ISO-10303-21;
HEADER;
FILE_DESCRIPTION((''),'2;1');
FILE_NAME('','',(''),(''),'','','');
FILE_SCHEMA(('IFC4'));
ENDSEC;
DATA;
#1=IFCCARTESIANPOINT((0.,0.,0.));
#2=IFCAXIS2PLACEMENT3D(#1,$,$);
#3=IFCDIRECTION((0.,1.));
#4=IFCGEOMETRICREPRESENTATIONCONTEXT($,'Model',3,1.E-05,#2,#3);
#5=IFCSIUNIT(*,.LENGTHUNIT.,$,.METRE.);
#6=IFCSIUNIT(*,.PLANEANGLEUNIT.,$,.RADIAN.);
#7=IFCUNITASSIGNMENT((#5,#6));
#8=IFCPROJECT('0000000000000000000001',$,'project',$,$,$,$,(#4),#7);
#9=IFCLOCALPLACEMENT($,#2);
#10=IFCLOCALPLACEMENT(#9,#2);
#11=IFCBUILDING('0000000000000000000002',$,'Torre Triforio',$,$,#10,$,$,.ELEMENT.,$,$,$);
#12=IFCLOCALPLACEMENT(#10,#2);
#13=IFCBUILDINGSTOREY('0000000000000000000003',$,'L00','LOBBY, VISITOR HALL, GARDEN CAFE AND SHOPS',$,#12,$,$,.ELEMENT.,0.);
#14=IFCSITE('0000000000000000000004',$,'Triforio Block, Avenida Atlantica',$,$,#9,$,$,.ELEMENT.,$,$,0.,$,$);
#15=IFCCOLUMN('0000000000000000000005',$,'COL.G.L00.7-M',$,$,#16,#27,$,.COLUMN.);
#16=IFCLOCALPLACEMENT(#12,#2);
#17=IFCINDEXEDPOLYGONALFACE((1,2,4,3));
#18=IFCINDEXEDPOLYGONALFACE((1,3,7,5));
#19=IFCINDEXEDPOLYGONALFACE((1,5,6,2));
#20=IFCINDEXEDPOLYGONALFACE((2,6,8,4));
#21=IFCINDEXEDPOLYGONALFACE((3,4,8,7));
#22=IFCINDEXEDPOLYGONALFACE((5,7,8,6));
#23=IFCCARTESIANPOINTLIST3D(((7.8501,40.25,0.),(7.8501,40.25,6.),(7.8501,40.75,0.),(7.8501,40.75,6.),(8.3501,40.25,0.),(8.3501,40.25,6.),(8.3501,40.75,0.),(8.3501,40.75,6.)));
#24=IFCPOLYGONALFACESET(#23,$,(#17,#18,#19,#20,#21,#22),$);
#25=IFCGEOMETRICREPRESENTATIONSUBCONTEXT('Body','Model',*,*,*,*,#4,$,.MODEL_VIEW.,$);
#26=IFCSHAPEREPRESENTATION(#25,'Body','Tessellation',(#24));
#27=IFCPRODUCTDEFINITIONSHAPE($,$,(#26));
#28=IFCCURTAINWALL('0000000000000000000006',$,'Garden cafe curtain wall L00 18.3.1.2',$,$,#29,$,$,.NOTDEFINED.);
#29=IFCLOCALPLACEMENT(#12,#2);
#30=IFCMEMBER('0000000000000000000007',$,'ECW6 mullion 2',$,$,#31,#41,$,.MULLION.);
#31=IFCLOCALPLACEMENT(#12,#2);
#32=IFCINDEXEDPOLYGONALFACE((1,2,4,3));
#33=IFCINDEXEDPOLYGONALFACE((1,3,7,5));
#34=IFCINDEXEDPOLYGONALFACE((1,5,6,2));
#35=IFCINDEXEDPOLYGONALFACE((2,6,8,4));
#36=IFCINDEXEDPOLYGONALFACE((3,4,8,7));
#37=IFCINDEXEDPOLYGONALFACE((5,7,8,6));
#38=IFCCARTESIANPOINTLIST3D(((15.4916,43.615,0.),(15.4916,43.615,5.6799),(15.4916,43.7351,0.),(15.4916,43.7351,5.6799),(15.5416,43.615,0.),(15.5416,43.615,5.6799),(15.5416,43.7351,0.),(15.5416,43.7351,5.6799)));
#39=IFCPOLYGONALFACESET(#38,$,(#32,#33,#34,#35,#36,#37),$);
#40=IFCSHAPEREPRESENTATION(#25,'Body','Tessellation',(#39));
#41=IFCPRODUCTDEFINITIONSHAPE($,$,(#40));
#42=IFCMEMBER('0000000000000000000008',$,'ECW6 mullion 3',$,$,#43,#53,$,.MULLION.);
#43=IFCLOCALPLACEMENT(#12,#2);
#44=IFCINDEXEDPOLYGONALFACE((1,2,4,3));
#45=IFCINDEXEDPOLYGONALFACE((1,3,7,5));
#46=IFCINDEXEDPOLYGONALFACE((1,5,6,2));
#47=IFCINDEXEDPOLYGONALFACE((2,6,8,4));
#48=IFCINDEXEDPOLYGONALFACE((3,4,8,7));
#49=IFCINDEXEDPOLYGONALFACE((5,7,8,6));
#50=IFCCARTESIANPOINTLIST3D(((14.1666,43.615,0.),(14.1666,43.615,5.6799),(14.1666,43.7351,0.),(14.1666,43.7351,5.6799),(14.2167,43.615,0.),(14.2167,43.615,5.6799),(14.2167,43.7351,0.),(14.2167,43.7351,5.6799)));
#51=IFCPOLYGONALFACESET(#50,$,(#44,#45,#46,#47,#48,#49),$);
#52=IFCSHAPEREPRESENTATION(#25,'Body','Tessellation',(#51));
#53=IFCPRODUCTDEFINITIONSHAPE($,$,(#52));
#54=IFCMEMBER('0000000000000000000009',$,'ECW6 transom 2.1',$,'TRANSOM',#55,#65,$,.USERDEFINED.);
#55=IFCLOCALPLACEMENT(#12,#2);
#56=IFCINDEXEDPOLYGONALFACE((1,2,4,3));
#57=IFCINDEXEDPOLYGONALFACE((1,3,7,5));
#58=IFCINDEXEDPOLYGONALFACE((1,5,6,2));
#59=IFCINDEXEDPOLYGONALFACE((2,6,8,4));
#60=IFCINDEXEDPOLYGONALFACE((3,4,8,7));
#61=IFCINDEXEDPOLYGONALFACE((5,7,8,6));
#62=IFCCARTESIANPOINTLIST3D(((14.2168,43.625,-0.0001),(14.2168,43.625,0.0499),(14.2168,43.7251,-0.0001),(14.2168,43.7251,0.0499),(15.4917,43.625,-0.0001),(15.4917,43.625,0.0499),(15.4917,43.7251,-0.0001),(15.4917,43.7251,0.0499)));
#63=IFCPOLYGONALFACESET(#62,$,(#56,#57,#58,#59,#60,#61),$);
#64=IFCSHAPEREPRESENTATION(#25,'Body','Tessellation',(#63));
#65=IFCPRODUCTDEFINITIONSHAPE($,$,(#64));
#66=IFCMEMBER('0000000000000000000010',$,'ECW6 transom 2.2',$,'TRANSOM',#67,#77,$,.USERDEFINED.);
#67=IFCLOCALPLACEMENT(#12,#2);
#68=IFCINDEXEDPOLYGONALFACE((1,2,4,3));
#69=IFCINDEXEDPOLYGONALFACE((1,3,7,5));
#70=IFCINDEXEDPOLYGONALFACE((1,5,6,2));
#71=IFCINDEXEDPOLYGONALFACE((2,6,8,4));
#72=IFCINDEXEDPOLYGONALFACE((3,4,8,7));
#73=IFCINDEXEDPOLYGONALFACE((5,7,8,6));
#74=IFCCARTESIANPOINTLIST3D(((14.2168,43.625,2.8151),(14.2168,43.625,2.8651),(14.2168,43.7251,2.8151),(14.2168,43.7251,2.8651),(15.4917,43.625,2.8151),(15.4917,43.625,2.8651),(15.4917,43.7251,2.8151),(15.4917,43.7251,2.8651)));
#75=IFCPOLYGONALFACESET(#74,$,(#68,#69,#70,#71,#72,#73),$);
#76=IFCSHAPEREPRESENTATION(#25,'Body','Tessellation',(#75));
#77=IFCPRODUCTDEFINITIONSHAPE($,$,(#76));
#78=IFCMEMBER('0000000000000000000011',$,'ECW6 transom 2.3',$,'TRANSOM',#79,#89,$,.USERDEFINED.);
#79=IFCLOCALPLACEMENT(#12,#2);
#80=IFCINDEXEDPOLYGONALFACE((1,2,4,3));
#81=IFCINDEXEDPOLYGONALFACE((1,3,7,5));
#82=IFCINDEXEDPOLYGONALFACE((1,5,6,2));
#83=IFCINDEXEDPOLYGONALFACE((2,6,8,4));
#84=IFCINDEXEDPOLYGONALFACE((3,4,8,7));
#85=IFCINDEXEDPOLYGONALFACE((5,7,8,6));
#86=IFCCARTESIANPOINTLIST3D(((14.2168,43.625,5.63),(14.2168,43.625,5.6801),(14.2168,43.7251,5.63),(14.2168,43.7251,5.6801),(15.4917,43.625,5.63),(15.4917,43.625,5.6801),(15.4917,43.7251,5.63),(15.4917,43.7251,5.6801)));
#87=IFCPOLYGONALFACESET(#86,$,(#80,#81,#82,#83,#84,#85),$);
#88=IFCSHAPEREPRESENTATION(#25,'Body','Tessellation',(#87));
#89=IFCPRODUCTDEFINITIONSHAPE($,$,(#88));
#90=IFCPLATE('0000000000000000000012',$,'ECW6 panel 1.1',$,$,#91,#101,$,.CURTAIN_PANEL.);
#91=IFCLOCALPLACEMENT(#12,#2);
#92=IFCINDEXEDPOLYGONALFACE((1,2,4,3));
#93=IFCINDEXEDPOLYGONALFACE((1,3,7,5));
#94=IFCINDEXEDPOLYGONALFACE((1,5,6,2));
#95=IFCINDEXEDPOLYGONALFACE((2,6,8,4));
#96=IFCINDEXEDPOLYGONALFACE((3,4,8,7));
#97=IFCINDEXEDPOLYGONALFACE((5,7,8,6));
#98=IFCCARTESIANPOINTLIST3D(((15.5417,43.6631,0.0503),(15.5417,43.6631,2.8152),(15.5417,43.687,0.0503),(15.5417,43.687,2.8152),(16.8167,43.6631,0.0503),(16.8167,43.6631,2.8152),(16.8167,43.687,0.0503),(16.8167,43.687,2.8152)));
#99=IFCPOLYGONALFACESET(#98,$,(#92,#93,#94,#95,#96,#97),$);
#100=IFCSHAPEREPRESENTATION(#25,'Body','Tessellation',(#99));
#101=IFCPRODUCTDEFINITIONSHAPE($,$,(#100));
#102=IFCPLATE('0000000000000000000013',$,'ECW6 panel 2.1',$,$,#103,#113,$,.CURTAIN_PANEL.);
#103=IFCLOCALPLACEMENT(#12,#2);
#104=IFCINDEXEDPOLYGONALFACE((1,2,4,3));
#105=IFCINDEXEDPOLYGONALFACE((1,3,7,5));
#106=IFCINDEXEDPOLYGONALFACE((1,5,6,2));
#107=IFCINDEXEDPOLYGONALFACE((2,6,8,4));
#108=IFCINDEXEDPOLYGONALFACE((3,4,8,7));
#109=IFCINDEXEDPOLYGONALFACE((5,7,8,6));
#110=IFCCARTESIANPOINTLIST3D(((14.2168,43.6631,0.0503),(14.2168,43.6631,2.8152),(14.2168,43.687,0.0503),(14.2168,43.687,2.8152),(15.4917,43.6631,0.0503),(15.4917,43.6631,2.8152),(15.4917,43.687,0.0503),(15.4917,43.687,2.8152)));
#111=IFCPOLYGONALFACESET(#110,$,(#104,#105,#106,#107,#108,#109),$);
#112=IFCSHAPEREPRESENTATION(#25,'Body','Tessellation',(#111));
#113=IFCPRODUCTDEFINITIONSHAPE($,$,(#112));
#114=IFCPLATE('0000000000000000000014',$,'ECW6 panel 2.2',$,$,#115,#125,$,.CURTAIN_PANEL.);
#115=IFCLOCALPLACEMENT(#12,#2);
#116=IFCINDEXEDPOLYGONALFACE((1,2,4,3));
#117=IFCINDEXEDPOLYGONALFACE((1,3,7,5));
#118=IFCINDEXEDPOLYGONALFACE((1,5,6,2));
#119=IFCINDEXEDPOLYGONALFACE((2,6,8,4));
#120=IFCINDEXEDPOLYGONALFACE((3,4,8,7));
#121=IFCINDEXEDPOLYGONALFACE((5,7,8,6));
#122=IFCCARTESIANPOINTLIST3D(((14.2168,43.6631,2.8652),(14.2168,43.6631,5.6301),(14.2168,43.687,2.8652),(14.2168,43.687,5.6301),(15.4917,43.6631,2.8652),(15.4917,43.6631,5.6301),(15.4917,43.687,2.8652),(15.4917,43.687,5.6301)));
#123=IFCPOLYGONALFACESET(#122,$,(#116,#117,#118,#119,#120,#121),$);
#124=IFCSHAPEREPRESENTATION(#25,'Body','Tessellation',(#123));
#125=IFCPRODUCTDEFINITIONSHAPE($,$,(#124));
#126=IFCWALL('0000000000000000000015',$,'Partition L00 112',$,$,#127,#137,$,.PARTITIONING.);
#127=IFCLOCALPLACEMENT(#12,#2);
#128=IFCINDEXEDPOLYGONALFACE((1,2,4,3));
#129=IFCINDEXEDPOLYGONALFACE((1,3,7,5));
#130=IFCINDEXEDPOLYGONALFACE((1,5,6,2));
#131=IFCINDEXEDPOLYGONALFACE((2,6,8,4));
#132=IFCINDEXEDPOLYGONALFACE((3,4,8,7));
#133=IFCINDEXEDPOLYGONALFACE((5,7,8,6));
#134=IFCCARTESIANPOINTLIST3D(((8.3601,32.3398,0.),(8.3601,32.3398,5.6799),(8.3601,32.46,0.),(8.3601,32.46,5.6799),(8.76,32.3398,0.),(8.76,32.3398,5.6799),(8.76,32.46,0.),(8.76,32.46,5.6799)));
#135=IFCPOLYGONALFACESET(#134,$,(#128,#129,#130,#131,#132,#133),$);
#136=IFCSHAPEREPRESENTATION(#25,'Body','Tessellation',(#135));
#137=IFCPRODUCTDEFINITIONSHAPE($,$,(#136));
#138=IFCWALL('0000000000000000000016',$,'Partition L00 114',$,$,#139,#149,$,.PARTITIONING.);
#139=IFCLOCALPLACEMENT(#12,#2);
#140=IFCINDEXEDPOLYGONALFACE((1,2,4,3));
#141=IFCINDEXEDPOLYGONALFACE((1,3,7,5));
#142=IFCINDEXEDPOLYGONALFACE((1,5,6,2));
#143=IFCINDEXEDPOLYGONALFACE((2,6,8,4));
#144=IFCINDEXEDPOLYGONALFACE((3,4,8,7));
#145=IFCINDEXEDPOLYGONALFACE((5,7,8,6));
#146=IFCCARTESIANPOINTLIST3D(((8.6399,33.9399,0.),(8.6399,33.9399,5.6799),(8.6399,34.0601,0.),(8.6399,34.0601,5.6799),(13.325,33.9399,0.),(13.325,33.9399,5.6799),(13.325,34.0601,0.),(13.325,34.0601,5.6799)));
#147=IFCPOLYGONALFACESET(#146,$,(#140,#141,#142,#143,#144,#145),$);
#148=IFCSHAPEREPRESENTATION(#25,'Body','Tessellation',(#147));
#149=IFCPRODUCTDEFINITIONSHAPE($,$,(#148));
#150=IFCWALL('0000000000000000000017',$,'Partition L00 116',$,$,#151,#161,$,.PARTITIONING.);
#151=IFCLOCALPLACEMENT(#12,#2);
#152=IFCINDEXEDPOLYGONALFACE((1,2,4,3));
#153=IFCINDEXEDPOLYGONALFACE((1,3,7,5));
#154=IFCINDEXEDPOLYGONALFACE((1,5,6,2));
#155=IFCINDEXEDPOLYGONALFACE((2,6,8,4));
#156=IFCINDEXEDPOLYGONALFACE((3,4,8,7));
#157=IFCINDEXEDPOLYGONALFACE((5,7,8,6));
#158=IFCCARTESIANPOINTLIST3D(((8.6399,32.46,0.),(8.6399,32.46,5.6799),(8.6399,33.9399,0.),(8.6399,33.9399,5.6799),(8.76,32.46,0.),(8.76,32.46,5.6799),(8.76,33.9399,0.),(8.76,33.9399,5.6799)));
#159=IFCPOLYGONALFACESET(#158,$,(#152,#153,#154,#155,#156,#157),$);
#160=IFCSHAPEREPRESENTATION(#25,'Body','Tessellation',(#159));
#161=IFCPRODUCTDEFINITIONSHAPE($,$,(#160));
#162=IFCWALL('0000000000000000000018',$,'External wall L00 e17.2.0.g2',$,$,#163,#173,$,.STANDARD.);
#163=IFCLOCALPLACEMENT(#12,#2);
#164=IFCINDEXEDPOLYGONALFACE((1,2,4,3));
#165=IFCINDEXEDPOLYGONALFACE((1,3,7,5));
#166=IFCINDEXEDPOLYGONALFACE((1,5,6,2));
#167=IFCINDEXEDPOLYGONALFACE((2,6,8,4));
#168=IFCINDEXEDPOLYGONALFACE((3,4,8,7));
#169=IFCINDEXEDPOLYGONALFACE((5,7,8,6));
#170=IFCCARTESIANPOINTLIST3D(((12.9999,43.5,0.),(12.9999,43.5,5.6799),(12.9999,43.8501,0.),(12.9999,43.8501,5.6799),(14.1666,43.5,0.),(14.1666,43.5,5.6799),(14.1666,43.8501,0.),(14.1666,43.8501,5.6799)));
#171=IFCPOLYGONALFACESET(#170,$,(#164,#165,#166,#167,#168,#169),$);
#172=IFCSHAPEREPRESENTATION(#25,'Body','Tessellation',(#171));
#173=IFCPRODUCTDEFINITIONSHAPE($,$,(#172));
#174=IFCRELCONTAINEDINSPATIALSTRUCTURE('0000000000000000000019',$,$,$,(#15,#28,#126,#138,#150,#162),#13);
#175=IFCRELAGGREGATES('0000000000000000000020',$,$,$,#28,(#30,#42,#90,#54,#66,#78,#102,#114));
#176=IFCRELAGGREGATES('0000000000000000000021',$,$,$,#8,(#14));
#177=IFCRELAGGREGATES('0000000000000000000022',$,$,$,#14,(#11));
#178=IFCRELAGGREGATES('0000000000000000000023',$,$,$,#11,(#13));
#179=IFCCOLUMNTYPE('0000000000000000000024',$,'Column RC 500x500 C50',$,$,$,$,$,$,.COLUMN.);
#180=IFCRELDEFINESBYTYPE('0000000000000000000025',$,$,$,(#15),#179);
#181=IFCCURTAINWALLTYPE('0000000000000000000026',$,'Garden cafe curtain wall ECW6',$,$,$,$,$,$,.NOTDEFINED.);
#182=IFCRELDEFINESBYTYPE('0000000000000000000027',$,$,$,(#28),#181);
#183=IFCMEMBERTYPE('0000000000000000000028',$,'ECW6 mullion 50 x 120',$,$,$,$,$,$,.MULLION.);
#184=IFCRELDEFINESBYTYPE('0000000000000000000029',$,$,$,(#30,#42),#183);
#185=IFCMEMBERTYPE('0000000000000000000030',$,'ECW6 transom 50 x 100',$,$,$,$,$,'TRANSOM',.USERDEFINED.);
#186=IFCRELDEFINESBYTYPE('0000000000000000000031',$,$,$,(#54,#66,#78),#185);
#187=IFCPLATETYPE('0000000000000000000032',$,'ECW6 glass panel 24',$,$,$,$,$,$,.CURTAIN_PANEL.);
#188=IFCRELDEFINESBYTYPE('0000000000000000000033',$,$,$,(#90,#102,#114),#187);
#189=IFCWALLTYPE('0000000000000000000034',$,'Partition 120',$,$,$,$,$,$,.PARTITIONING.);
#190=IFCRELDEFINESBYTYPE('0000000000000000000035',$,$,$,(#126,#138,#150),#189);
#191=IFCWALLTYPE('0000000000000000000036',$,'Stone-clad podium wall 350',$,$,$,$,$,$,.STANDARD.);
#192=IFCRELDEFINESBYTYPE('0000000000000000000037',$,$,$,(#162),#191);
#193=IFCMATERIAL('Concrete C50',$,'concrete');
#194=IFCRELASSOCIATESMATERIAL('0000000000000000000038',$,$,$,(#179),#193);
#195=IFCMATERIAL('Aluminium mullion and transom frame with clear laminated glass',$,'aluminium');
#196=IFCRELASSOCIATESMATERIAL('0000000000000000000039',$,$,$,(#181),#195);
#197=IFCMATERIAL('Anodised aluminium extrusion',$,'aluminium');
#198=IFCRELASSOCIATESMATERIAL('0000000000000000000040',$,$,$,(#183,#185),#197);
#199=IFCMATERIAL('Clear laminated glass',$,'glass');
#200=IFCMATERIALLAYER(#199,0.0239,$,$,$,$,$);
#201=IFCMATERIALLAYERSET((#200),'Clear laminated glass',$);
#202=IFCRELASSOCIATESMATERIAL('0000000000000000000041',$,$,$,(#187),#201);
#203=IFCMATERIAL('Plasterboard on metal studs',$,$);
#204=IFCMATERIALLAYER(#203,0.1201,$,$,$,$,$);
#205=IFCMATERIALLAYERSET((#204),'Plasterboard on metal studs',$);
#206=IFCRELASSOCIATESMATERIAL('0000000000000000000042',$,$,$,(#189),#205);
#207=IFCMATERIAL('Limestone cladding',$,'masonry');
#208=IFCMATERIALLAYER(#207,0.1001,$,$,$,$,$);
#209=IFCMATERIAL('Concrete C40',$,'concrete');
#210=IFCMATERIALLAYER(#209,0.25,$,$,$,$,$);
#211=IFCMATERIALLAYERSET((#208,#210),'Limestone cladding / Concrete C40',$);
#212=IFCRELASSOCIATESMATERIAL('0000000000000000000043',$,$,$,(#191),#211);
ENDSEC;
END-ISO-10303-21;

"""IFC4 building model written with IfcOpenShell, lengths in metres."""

from ifc_helpers import new_model, si_unit, direction, frame, frame_2d, origin, origin_2d, place, context, subcontext, project, spatial, rectangle, extrude, material, layer, layer_set, material_profile, profile_set, type_object, element, aggregate, save


model = new_model("IFC4")

# Units and contexts
model_context = context("Model", 3, precision=1e-05, world=origin(), true_north=direction((0.0, 1.0)))
body_context = subcontext(model_context, "Body", "Model", "MODEL_VIEW")
ifc_project = project(units=[si_unit("LENGTHUNIT", "METRE"), si_unit("PLANEANGLEUNIT", "RADIAN")], contexts=[model_context])

# Site, building, storey
site_placement = place(None, origin())
site = spatial("IfcSite", under=ifc_project, at=site_placement, Name="Triforio Block, Avenida Atlantica", CompositionType="ELEMENT", RefElevation=0.0)
building_placement = place(site_placement, origin())
building = spatial("IfcBuilding", under=site, at=building_placement, Name="Torre Triforio", CompositionType="ELEMENT")
storey_placement = place(building_placement, origin())
storey = spatial("IfcBuildingStorey", under=building, at=storey_placement, Name="L00", Description="LOBBY, VISITOR HALL, GARDEN CAFE AND SHOPS", CompositionType="ELEMENT", Elevation=0.0)

# Column
ifc_material_1 = material(Name="Concrete C50", Category="concrete")
ifc_material_profile_1 = material_profile(ifc_material_1, rectangle(XDim=0.5, YDim=0.5, at=origin_2d()), Name="RC 500x500")
ifc_profile_set_1 = profile_set([ifc_material_profile_1], Name="Concrete C50")
column_type = type_object("IfcColumnType", Name="Column RC 500x500 C50", PredefinedType="COLUMN", material=ifc_profile_set_1)
column_placement = place(storey_placement, frame((8.1001, 40.5, 0.0), z_axis=(0.0, 0.0, 1.0), x_axis=(1.0, 0.0, 0.0)))
element("IfcColumn", 1, at=column_placement, inside=storey, type_object=column_type, Name="COL.G.L00.7-M", PredefinedType="COLUMN", context=body_context, shape_type="SweptSolid", body=[
    extrude(rectangle(XDim=0.5, YDim=0.5, at=origin_2d()), origin(), (0.0, 0.0, 1.0), 6.0),
])

# Curtain wall, members, plates
ifc_material_2 = material(Name="Aluminium mullion and transom frame with clear laminated glass", Category="aluminium")
curtain_wall_type = type_object("IfcCurtainWallType", Name="Garden cafe curtain wall ECW6", PredefinedType="NOTDEFINED", material=ifc_material_2)
curtain_wall_placement = place(storey_placement, origin())
curtain_wall = element("IfcCurtainWall", 2, at=curtain_wall_placement, inside=storey, type_object=curtain_wall_type, Name="Garden cafe curtain wall L00 18.3.1.2", PredefinedType="NOTDEFINED")
ifc_material_3 = material(Name="Anodised aluminium extrusion", Category="aluminium")
ifc_material_profile_2 = material_profile(ifc_material_3, rectangle(XDim=0.1201, YDim=0.05, at=origin_2d()), Name="ECW6 MULLION 50x120")
ifc_profile_set_2 = profile_set([ifc_material_profile_2], Name="Anodised aluminium extrusion")
member_type_1 = type_object("IfcMemberType", Name="ECW6 mullion 50 x 120", PredefinedType="MULLION", material=ifc_profile_set_2)
member_1_placement = place(storey_placement, frame((15.5166, 43.675, 0.0), z_axis=(0.0, 0.0, 1.0), x_axis=(0.0, -1.0, 0.0)))
member_1 = element("IfcMember", 3, at=member_1_placement, type_object=member_type_1, Name="ECW6 mullion 2", PredefinedType="MULLION", context=body_context, shape_type="SweptSolid", body=[
    extrude(rectangle(XDim=0.1201, YDim=0.05, at=origin_2d()), origin(), (0.0, 0.0, 1.0), 5.6799),
])
member_2_placement = place(storey_placement, frame((14.1917, 43.675, 0.0), z_axis=(0.0, 0.0, 1.0), x_axis=(0.0, -1.0, 0.0)))
member_2 = element("IfcMember", 4, at=member_2_placement, type_object=member_type_1, Name="ECW6 mullion 3", PredefinedType="MULLION", context=body_context, shape_type="SweptSolid", body=[
    extrude(rectangle(XDim=0.1201, YDim=0.05, at=origin_2d()), origin(), (0.0, 0.0, 1.0), 5.6799),
])
ifc_material_profile_3 = material_profile(ifc_material_3, rectangle(XDim=0.1001, YDim=0.05, at=origin_2d()), Name="ECW6 TRANSOM 50x100")
ifc_profile_set_3 = profile_set([ifc_material_profile_3], Name="Anodised aluminium extrusion")
member_type_2 = type_object("IfcMemberType", Name="ECW6 transom 50 x 100", ElementType="TRANSOM", PredefinedType="USERDEFINED", material=ifc_profile_set_3)
member_3_placement = place(storey_placement, frame((15.4917, 43.675, 0.0249), z_axis=(-1.0, 0.0, 0.0), x_axis=(0.0, -1.0, 0.0)))
member_3 = element("IfcMember", 5, at=member_3_placement, type_object=member_type_2, Name="ECW6 transom 2.1", ObjectType="TRANSOM", PredefinedType="USERDEFINED", context=body_context, shape_type="SweptSolid", body=[
    extrude(rectangle(XDim=0.1001, YDim=0.05, at=origin_2d()), origin(), (0.0, 0.0, 1.0), 1.2749),
])
member_4_placement = place(storey_placement, frame((15.4917, 43.675, 2.8401), z_axis=(-1.0, 0.0, 0.0), x_axis=(0.0, -1.0, 0.0)))
member_4 = element("IfcMember", 6, at=member_4_placement, type_object=member_type_2, Name="ECW6 transom 2.2", ObjectType="TRANSOM", PredefinedType="USERDEFINED", context=body_context, shape_type="SweptSolid", body=[
    extrude(rectangle(XDim=0.1001, YDim=0.05, at=origin_2d()), origin(), (0.0, 0.0, 1.0), 1.2749),
])
member_5_placement = place(storey_placement, frame((15.4917, 43.675, 5.655), z_axis=(-1.0, 0.0, 0.0), x_axis=(0.0, -1.0, 0.0)))
member_5 = element("IfcMember", 7, at=member_5_placement, type_object=member_type_2, Name="ECW6 transom 2.3", ObjectType="TRANSOM", PredefinedType="USERDEFINED", context=body_context, shape_type="SweptSolid", body=[
    extrude(rectangle(XDim=0.1001, YDim=0.05, at=origin_2d()), origin(), (0.0, 0.0, 1.0), 1.2749),
])
ifc_material_4 = material(Name="Clear laminated glass", Category="glass")
ifc_layer_1 = layer(ifc_material_4, 0.0239)
ifc_layer_set_1 = layer_set([ifc_layer_1], Name="Clear laminated glass")
plate_type = type_object("IfcPlateType", Name="ECW6 glass panel 24", PredefinedType="CURTAIN_PANEL", material=ifc_layer_set_1)
plate_1_placement = place(storey_placement, frame((16.1792, 43.675, 0.0503), z_axis=(0.0, 0.0, 1.0), x_axis=(-1.0, 0.0, 0.0)))
plate_1 = element("IfcPlate", 8, at=plate_1_placement, type_object=plate_type, Name="ECW6 panel 1.1", PredefinedType="CURTAIN_PANEL", context=body_context, shape_type="SweptSolid", body=[
    extrude(rectangle(XDim=1.2749, YDim=0.0239, at=origin_2d()), origin(), (0.0, 0.0, 1.0), 2.7649),
])
plate_2_placement = place(storey_placement, frame((14.8542, 43.675, 0.0503), z_axis=(0.0, 0.0, 1.0), x_axis=(-1.0, 0.0, 0.0)))
plate_2 = element("IfcPlate", 9, at=plate_2_placement, type_object=plate_type, Name="ECW6 panel 2.1", PredefinedType="CURTAIN_PANEL", context=body_context, shape_type="SweptSolid", body=[
    extrude(rectangle(XDim=1.2749, YDim=0.0239, at=origin_2d()), origin(), (0.0, 0.0, 1.0), 2.7649),
])
plate_3_placement = place(storey_placement, frame((14.8542, 43.675, 2.8652), z_axis=(0.0, 0.0, 1.0), x_axis=(-1.0, 0.0, 0.0)))
plate_3 = element("IfcPlate", 10, at=plate_3_placement, type_object=plate_type, Name="ECW6 panel 2.2", PredefinedType="CURTAIN_PANEL", context=body_context, shape_type="SweptSolid", body=[
    extrude(rectangle(XDim=1.2749, YDim=0.0239, at=origin_2d()), origin(), (0.0, 0.0, 1.0), 2.7649),
])
aggregate(curtain_wall, [member_1, member_2, plate_1, member_3, member_4, member_5, plate_2, plate_3])

# Walls
ifc_material_5 = material(Name="Plasterboard on metal studs")
ifc_layer_2 = layer(ifc_material_5, 0.1201)
ifc_layer_set_2 = layer_set([ifc_layer_2], Name="Plasterboard on metal studs")
wall_type_1 = type_object("IfcWallType", Name="Partition 120", PredefinedType="PARTITIONING", material=ifc_layer_set_2)
wall_1_placement = place(storey_placement, frame((8.3601, 32.3999, 0.0), z_axis=(0.0, 0.0, 1.0), x_axis=(1.0, 0.0, 0.0)))
element("IfcWall", 11, at=wall_1_placement, inside=storey, type_object=wall_type_1, Name="Partition L00 112", PredefinedType="PARTITIONING", context=body_context, shape_type="SweptSolid", body=[
    extrude(rectangle(XDim=0.3999, YDim=0.1201, at=frame_2d((0.2, 0.0))), origin(), (0.0, 0.0, 1.0), 5.6799),
])
wall_2_placement = place(storey_placement, frame((8.6399, 34.0, 0.0), z_axis=(0.0, 0.0, 1.0), x_axis=(1.0, 0.0, 0.0)))
element("IfcWall", 12, at=wall_2_placement, inside=storey, type_object=wall_type_1, Name="Partition L00 114", PredefinedType="PARTITIONING", context=body_context, shape_type="SweptSolid", body=[
    extrude(rectangle(XDim=4.6851, YDim=0.1201, at=frame_2d((2.3425, 0.0))), origin(), (0.0, 0.0, 1.0), 5.6799),
])
wall_3_placement = place(storey_placement, frame((8.7, 32.46, 0.0), z_axis=(0.0, 0.0, 1.0), x_axis=(0.0, 1.0, 0.0)))
element("IfcWall", 13, at=wall_3_placement, inside=storey, type_object=wall_type_1, Name="Partition L00 116", PredefinedType="PARTITIONING", context=body_context, shape_type="SweptSolid", body=[
    extrude(rectangle(XDim=1.48, YDim=0.1201, at=frame_2d((0.74, 0.0))), origin(), (0.0, 0.0, 1.0), 5.6799),
])
ifc_material_6 = material(Name="Limestone cladding", Category="masonry")
ifc_layer_3 = layer(ifc_material_6, 0.1001)
ifc_material_7 = material(Name="Concrete C40", Category="concrete")
ifc_layer_4 = layer(ifc_material_7, 0.25)
ifc_layer_set_3 = layer_set([ifc_layer_3, ifc_layer_4], Name="Limestone cladding / Concrete C40")
wall_type_2 = type_object("IfcWallType", Name="Stone-clad podium wall 350", PredefinedType="STANDARD", material=ifc_layer_set_3)
wall_4_placement = place(storey_placement, frame((14.1667, 43.675, 0.0), z_axis=(0.0, 0.0, 1.0), x_axis=(-1.0, 0.0, 0.0)))
element("IfcWall", 14, at=wall_4_placement, inside=storey, type_object=wall_type_2, Name="External wall L00 e17.2.0.g2", PredefinedType="STANDARD", context=body_context, shape_type="SweptSolid", body=[
    extrude(rectangle(XDim=1.1667, YDim=0.3501, at=frame_2d((0.5835, 0.0))), origin(), (0.0, 0.0, 1.0), 5.6799),
])

save(model, "model.ifc")
